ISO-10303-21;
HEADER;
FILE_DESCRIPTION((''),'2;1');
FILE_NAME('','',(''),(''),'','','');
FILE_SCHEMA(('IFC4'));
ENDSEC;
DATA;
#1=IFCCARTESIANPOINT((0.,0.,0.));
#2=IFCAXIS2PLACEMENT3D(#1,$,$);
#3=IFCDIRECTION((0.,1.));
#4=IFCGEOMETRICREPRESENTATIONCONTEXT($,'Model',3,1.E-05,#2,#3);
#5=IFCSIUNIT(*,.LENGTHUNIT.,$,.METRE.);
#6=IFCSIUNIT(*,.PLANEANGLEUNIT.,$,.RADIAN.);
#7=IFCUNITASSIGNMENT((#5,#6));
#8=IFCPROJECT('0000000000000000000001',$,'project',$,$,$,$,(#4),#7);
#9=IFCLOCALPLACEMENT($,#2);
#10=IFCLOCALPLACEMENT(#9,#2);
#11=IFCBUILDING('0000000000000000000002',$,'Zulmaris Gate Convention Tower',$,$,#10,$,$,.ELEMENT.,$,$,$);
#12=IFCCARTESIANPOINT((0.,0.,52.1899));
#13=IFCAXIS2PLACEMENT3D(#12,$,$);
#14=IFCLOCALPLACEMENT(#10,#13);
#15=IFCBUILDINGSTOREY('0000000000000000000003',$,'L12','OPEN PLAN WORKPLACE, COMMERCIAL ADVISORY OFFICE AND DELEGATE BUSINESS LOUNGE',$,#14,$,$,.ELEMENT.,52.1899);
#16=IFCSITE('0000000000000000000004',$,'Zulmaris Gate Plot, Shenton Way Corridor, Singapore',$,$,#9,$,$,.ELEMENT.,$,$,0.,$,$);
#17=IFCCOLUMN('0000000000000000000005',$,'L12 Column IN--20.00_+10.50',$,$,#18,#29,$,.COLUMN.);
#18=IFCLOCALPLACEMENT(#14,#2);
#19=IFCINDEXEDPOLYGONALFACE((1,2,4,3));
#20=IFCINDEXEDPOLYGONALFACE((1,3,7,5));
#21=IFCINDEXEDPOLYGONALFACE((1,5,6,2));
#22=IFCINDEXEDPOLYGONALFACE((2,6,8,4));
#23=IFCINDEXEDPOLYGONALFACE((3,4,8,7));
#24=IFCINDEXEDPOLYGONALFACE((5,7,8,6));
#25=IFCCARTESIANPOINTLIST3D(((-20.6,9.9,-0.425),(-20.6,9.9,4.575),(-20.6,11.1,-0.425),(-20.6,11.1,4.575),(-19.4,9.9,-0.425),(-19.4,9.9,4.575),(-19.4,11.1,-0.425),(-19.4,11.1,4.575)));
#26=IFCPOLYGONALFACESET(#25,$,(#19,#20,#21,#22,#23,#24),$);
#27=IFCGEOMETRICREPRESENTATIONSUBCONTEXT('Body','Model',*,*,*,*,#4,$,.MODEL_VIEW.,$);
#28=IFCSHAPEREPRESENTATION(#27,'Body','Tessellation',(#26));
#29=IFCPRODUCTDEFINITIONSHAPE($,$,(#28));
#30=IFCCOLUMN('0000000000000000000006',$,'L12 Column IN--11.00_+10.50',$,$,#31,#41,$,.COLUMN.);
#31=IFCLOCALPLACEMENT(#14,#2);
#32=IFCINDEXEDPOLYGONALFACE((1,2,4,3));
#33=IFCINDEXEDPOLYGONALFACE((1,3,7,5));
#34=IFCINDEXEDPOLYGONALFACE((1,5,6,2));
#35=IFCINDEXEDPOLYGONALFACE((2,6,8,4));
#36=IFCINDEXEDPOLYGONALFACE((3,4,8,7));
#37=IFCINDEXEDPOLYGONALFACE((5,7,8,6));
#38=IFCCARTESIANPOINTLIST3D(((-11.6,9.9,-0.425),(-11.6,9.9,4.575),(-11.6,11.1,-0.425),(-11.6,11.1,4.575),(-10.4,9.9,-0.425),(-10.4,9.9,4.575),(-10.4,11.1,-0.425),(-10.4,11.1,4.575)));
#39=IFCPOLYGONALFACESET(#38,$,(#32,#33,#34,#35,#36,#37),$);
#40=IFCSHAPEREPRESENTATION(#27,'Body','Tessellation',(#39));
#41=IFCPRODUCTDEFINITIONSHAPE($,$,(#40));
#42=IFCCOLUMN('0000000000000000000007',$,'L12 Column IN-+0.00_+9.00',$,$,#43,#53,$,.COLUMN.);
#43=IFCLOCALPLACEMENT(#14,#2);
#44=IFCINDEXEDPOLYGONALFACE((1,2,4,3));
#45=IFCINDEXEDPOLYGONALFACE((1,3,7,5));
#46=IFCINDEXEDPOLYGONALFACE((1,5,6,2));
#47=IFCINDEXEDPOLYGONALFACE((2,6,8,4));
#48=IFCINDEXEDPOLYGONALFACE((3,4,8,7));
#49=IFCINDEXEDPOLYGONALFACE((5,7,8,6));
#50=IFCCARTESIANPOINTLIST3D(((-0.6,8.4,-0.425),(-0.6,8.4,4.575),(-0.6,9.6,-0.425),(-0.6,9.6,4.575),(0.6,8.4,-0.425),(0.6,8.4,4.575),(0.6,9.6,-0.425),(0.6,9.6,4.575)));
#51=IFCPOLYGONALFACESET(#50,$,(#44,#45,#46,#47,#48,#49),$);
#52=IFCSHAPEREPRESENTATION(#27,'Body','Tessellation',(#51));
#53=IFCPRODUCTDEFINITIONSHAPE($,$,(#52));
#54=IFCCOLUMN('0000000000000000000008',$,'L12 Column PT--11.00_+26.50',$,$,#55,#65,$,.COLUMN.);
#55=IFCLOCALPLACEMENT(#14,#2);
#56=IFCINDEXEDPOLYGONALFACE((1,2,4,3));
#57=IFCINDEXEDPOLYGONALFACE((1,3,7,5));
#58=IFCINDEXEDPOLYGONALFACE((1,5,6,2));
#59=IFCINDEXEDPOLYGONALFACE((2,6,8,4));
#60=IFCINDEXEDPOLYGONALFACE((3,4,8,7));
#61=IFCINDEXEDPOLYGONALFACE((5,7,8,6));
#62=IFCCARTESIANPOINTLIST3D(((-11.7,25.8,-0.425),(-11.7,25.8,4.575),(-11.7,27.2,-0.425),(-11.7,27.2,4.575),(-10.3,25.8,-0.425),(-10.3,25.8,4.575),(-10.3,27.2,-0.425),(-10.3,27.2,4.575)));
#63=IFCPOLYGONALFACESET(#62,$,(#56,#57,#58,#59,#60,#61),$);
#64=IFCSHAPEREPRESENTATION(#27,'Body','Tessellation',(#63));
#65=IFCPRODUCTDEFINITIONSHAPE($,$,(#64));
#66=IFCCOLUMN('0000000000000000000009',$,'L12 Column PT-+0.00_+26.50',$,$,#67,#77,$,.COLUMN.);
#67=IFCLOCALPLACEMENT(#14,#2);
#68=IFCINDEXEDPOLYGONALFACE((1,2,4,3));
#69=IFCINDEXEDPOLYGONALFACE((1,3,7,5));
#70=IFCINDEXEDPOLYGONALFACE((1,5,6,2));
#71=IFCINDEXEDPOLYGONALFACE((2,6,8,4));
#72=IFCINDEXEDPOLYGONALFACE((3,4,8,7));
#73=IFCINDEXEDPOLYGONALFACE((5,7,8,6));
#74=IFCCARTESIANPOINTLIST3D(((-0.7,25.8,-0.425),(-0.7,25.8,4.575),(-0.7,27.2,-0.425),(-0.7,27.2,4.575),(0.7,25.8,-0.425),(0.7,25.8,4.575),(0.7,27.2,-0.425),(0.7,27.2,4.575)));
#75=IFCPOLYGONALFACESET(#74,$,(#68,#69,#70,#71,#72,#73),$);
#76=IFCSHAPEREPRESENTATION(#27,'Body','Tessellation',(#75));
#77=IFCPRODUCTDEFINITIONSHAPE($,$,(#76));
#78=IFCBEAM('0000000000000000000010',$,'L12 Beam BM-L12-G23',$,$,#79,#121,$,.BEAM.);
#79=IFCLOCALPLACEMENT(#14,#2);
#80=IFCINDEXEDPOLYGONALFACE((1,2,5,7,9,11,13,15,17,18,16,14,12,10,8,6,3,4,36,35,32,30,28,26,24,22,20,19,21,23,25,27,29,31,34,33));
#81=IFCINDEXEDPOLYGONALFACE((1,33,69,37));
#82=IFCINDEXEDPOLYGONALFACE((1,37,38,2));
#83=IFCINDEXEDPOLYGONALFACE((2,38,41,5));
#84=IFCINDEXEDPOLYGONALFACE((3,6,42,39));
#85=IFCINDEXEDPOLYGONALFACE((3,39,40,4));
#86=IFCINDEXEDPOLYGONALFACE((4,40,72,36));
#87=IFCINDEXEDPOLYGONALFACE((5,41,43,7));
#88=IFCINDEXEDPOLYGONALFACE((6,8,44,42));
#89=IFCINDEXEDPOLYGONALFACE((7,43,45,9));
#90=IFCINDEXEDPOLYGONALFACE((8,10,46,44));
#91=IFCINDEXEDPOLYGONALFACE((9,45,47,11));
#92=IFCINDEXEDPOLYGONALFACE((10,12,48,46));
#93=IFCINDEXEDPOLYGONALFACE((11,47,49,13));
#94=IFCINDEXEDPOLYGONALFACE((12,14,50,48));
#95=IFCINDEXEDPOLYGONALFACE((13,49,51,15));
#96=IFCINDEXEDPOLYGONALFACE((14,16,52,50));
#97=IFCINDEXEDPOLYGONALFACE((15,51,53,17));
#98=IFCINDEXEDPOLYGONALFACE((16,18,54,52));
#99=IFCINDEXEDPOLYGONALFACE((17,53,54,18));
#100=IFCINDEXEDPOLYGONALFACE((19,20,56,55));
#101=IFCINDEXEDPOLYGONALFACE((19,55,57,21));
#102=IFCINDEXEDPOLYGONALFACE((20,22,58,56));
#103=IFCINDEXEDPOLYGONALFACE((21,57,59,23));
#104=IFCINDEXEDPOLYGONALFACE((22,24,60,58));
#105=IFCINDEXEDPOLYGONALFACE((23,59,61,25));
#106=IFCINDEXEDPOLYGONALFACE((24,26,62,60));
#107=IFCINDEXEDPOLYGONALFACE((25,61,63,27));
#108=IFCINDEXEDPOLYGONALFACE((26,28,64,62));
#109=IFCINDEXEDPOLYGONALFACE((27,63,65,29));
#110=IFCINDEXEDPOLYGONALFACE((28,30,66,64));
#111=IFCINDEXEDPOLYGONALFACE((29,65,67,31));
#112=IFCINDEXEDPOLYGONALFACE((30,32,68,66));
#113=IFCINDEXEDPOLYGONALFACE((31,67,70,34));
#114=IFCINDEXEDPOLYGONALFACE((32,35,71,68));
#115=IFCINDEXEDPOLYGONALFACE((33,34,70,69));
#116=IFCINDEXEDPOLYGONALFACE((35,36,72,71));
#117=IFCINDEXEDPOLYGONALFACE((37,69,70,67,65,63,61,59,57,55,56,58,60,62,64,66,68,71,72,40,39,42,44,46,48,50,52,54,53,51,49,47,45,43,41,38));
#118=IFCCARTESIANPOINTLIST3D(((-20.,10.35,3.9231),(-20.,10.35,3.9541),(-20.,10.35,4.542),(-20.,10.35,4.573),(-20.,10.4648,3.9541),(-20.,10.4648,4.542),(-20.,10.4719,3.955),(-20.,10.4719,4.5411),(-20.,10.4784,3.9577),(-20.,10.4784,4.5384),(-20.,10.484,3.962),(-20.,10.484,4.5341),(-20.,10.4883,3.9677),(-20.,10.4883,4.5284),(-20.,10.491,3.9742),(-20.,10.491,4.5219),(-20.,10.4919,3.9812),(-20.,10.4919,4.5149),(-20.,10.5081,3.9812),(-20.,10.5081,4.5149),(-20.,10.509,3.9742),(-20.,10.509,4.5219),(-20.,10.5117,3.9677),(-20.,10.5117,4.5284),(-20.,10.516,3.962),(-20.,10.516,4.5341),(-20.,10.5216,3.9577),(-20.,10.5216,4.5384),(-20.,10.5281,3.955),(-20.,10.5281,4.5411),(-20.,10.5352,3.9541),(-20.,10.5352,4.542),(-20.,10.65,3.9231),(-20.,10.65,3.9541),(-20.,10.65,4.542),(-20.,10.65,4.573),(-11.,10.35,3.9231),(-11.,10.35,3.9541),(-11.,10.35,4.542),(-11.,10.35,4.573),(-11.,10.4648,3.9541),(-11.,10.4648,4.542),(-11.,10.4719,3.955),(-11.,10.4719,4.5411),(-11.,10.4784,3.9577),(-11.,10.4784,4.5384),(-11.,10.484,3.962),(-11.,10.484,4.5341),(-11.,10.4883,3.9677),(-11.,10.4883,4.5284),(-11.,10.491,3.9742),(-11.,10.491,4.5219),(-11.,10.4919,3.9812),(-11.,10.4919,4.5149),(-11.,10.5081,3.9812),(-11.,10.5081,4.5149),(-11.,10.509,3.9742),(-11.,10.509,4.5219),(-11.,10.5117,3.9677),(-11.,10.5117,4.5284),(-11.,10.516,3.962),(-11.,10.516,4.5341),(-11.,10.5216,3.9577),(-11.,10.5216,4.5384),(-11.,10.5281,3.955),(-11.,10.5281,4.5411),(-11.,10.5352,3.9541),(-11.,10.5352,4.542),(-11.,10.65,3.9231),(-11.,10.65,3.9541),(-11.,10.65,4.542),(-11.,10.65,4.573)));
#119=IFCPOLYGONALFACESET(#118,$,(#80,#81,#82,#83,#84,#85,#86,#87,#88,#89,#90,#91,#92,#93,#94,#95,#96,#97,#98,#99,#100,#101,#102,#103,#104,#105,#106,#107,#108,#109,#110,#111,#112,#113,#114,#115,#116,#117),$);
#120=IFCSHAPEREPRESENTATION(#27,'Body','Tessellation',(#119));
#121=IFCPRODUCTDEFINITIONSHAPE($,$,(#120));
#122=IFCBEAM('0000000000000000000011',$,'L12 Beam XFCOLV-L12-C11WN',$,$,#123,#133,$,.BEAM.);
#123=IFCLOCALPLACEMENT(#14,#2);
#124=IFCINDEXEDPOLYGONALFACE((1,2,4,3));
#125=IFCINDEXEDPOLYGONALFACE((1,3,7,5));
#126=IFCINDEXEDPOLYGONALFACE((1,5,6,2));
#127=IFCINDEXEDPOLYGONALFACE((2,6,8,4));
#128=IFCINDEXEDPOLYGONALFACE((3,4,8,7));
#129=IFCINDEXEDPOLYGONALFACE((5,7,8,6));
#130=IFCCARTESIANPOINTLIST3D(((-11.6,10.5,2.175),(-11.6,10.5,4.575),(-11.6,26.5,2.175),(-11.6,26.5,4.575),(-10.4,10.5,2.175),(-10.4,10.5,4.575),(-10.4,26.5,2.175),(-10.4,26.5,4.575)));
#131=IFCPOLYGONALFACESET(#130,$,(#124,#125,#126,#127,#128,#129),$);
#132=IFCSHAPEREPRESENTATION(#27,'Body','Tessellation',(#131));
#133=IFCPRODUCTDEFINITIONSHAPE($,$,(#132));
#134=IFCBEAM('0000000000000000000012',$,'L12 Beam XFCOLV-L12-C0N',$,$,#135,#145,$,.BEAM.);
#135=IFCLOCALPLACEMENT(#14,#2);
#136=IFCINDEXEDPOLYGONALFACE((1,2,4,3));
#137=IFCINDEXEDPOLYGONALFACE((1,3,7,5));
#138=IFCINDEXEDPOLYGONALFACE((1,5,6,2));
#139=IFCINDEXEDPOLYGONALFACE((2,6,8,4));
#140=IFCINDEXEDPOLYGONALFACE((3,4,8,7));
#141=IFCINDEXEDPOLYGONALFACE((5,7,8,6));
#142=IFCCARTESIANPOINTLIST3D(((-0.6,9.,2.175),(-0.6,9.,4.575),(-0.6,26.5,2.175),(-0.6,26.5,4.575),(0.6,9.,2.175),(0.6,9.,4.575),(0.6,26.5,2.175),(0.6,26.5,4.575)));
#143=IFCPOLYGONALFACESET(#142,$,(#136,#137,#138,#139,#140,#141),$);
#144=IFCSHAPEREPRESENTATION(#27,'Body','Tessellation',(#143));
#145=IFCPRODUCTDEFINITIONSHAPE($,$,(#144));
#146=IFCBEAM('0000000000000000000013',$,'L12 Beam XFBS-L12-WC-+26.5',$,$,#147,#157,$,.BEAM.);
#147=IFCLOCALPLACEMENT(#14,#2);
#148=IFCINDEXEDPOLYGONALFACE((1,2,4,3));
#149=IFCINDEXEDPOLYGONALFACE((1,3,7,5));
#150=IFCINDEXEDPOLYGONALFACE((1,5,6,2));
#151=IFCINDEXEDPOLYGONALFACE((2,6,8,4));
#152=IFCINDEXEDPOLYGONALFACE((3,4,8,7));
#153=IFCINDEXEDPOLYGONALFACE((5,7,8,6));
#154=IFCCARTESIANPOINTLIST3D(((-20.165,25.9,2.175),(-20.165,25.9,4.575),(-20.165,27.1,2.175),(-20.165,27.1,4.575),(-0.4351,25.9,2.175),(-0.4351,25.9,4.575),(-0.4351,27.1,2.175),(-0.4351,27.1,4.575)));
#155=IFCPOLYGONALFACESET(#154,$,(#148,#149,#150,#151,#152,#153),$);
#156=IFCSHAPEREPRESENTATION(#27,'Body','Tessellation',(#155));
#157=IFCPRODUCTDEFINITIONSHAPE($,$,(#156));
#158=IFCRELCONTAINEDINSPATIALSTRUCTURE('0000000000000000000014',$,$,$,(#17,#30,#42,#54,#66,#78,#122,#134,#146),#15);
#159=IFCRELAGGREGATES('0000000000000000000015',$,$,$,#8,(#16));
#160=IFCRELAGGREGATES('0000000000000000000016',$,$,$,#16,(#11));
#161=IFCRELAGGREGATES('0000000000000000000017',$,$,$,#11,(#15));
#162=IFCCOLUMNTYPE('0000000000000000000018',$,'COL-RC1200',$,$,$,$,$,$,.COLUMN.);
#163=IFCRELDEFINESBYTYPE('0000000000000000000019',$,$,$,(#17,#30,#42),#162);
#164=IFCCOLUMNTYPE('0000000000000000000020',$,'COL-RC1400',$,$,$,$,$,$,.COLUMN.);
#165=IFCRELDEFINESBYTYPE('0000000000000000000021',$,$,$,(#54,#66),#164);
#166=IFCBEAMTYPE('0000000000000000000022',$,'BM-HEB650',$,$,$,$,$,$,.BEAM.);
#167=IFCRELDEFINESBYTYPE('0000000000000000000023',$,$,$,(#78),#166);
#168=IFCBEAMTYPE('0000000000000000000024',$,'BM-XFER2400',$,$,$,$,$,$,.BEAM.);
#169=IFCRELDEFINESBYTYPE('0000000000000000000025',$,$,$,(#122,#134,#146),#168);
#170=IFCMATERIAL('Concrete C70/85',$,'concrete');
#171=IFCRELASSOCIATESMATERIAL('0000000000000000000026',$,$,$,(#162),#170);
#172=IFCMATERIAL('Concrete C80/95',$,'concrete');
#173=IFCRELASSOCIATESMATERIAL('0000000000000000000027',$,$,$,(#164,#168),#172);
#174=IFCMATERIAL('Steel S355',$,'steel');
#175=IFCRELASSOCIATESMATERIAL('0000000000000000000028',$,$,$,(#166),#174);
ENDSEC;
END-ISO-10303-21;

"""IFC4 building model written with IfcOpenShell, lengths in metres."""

from ifc_helpers import new_model, si_unit, direction, frame, origin, origin_2d, place, context, subcontext, project, spatial, rectangle, i_section, extrude, material, material_profile, profile_set, type_object, element, save


model = new_model("IFC4")

# Units and contexts
model_context = context("Model", 3, precision=1e-05, world=origin(), true_north=direction((0.0, 1.0)))
body_context = subcontext(model_context, "Body", "Model", "MODEL_VIEW")
ifc_project = project(units=[si_unit("LENGTHUNIT", "METRE"), si_unit("PLANEANGLEUNIT", "RADIAN")], contexts=[model_context])

# Site, building, storey
site_placement = place(None, origin())
site = spatial("IfcSite", under=ifc_project, at=site_placement, Name="Zulmaris Gate Plot, Shenton Way Corridor, Singapore", CompositionType="ELEMENT", RefElevation=0.0)
building_placement = place(site_placement, origin())
building = spatial("IfcBuilding", under=site, at=building_placement, Name="Zulmaris Gate Convention Tower", CompositionType="ELEMENT")
storey_placement = place(building_placement, frame((0.0, 0.0, 52.1899)))
storey = spatial("IfcBuildingStorey", under=building, at=storey_placement, Name="L12", Description="OPEN PLAN WORKPLACE, COMMERCIAL ADVISORY OFFICE AND DELEGATE BUSINESS LOUNGE", CompositionType="ELEMENT", Elevation=52.1899)

# Columns
ifc_material_1 = material(Name="Concrete C70/85", Category="concrete")
ifc_material_profile_1 = material_profile(ifc_material_1, rectangle(XDim=1.2, YDim=1.2, at=origin_2d()), Name="RC COL 1200x1200")
ifc_profile_set_1 = profile_set([ifc_material_profile_1], Name="Concrete C70/85")
column_type_1 = type_object("IfcColumnType", Name="COL-RC1200", PredefinedType="COLUMN", material=ifc_profile_set_1)
for number, where, z_axis, x_axis, name in (
    (1, (-20.0, 10.5, -0.425), (0.0, 0.0, 1.0), (1.0, 0.0, 0.0), "L12 Column IN--20.00_+10.50"),
    (2, (-11.0, 10.5, -0.425), (0.0, 0.0, 1.0), (1.0, 0.0, 0.0), "L12 Column IN--11.00_+10.50"),
    (3, (0.0, 9.0, -0.425), (0.0, 0.0, 1.0), (1.0, 0.0, 0.0), "L12 Column IN-+0.00_+9.00"),
):
    element("IfcColumn", number, at=place(storey_placement, frame(where, z_axis=z_axis, x_axis=x_axis)), inside=storey, type_object=column_type_1, Name=name, PredefinedType="COLUMN", context=body_context, shape_type="SweptSolid", body=[
        extrude(rectangle(XDim=1.2, YDim=1.2, at=origin_2d()), origin(), (0.0, 0.0, 1.0), 5.0),
    ])
ifc_material_2 = material(Name="Concrete C80/95", Category="concrete")
ifc_material_profile_2 = material_profile(ifc_material_2, rectangle(XDim=1.3999, YDim=1.3999, at=origin_2d()), Name="RC COL 1400x1400")
ifc_profile_set_2 = profile_set([ifc_material_profile_2], Name="Concrete C80/95")
column_type_2 = type_object("IfcColumnType", Name="COL-RC1400", PredefinedType="COLUMN", material=ifc_profile_set_2)
for number, where, z_axis, x_axis, name in (
    (4, (-11.0, 26.5, -0.425), (0.0, 0.0, 1.0), (1.0, 0.0, 0.0), "L12 Column PT--11.00_+26.50"),
    (5, (0.0, 26.5, -0.425), (0.0, 0.0, 1.0), (1.0, 0.0, 0.0), "L12 Column PT-+0.00_+26.50"),
):
    element("IfcColumn", number, at=place(storey_placement, frame(where, z_axis=z_axis, x_axis=x_axis)), inside=storey, type_object=column_type_2, Name=name, PredefinedType="COLUMN", context=body_context, shape_type="SweptSolid", body=[
        extrude(rectangle(XDim=1.3999, YDim=1.3999, at=origin_2d()), origin(), (0.0, 0.0, 1.0), 5.0),
    ])

# Beams
ifc_material_3 = material(Name="Steel S355", Category="steel")
ifc_material_profile_3 = material_profile(ifc_material_3, i_section(OverallWidth=0.3, OverallDepth=0.6499, WebThickness=0.0161, FlangeThickness=0.031, FilletRadius=0.0271, at=origin_2d()), Name="HEB 650")
ifc_profile_set_3 = profile_set([ifc_material_profile_3], Name="Steel S355")
beam_type_1 = type_object("IfcBeamType", Name="BM-HEB650", PredefinedType="BEAM", material=ifc_profile_set_3)
beam_1_placement = place(storey_placement, frame((-20.0, 10.5, 4.248), z_axis=(1.0, 0.0, 0.0), x_axis=(0.0, 1.0, 0.0)))
element("IfcBeam", 6, at=beam_1_placement, inside=storey, type_object=beam_type_1, Name="L12 Beam BM-L12-G23", PredefinedType="BEAM", context=body_context, shape_type="SweptSolid", body=[
    extrude(i_section(OverallWidth=0.3, OverallDepth=0.6499, WebThickness=0.0161, FlangeThickness=0.031, FilletRadius=0.0271, at=origin_2d()), origin(), (0.0, 0.0, 1.0), 9.0),
])
ifc_material_profile_4 = material_profile(ifc_material_2, rectangle(XDim=1.2, YDim=2.3999, at=origin_2d()), Name="RC TRANSFER 1200x2400")
ifc_profile_set_4 = profile_set([ifc_material_profile_4], Name="Concrete C80/95")
beam_type_2 = type_object("IfcBeamType", Name="BM-XFER2400", PredefinedType="BEAM", material=ifc_profile_set_4)
beam_2_placement = place(storey_placement, frame((-11.0, 10.5, 3.375), z_axis=(0.0, 1.0, 0.0), x_axis=(-1.0, 0.0, 0.0)))
element("IfcBeam", 7, at=beam_2_placement, inside=storey, type_object=beam_type_2, Name="L12 Beam XFCOLV-L12-C11WN", PredefinedType="BEAM", context=body_context, shape_type="SweptSolid", body=[
    extrude(rectangle(XDim=1.2, YDim=2.3999, at=origin_2d()), origin(), (0.0, 0.0, 1.0), 16.0),
])
beam_3_placement = place(storey_placement, frame((0.0, 9.0, 3.375), z_axis=(0.0, 1.0, 0.0), x_axis=(-1.0, 0.0, 0.0)))
element("IfcBeam", 8, at=beam_3_placement, inside=storey, type_object=beam_type_2, Name="L12 Beam XFCOLV-L12-C0N", PredefinedType="BEAM", context=body_context, shape_type="SweptSolid", body=[
    extrude(rectangle(XDim=1.2, YDim=2.3999, at=origin_2d()), origin(), (0.0, 0.0, 1.0), 17.5),
])
beam_4_placement = place(storey_placement, frame((-20.165, 26.5, 3.375), z_axis=(1.0, 0.0, 0.0), x_axis=(0.0, 1.0, 0.0)))
element("IfcBeam", 9, at=beam_4_placement, inside=storey, type_object=beam_type_2, Name="L12 Beam XFBS-L12-WC-+26.5", PredefinedType="BEAM", context=body_context, shape_type="SweptSolid", body=[
    extrude(rectangle(XDim=1.2, YDim=2.3999, at=origin_2d()), origin(), (0.0, 0.0, 1.0), 19.73),
])

save(model, "model.ifc")
